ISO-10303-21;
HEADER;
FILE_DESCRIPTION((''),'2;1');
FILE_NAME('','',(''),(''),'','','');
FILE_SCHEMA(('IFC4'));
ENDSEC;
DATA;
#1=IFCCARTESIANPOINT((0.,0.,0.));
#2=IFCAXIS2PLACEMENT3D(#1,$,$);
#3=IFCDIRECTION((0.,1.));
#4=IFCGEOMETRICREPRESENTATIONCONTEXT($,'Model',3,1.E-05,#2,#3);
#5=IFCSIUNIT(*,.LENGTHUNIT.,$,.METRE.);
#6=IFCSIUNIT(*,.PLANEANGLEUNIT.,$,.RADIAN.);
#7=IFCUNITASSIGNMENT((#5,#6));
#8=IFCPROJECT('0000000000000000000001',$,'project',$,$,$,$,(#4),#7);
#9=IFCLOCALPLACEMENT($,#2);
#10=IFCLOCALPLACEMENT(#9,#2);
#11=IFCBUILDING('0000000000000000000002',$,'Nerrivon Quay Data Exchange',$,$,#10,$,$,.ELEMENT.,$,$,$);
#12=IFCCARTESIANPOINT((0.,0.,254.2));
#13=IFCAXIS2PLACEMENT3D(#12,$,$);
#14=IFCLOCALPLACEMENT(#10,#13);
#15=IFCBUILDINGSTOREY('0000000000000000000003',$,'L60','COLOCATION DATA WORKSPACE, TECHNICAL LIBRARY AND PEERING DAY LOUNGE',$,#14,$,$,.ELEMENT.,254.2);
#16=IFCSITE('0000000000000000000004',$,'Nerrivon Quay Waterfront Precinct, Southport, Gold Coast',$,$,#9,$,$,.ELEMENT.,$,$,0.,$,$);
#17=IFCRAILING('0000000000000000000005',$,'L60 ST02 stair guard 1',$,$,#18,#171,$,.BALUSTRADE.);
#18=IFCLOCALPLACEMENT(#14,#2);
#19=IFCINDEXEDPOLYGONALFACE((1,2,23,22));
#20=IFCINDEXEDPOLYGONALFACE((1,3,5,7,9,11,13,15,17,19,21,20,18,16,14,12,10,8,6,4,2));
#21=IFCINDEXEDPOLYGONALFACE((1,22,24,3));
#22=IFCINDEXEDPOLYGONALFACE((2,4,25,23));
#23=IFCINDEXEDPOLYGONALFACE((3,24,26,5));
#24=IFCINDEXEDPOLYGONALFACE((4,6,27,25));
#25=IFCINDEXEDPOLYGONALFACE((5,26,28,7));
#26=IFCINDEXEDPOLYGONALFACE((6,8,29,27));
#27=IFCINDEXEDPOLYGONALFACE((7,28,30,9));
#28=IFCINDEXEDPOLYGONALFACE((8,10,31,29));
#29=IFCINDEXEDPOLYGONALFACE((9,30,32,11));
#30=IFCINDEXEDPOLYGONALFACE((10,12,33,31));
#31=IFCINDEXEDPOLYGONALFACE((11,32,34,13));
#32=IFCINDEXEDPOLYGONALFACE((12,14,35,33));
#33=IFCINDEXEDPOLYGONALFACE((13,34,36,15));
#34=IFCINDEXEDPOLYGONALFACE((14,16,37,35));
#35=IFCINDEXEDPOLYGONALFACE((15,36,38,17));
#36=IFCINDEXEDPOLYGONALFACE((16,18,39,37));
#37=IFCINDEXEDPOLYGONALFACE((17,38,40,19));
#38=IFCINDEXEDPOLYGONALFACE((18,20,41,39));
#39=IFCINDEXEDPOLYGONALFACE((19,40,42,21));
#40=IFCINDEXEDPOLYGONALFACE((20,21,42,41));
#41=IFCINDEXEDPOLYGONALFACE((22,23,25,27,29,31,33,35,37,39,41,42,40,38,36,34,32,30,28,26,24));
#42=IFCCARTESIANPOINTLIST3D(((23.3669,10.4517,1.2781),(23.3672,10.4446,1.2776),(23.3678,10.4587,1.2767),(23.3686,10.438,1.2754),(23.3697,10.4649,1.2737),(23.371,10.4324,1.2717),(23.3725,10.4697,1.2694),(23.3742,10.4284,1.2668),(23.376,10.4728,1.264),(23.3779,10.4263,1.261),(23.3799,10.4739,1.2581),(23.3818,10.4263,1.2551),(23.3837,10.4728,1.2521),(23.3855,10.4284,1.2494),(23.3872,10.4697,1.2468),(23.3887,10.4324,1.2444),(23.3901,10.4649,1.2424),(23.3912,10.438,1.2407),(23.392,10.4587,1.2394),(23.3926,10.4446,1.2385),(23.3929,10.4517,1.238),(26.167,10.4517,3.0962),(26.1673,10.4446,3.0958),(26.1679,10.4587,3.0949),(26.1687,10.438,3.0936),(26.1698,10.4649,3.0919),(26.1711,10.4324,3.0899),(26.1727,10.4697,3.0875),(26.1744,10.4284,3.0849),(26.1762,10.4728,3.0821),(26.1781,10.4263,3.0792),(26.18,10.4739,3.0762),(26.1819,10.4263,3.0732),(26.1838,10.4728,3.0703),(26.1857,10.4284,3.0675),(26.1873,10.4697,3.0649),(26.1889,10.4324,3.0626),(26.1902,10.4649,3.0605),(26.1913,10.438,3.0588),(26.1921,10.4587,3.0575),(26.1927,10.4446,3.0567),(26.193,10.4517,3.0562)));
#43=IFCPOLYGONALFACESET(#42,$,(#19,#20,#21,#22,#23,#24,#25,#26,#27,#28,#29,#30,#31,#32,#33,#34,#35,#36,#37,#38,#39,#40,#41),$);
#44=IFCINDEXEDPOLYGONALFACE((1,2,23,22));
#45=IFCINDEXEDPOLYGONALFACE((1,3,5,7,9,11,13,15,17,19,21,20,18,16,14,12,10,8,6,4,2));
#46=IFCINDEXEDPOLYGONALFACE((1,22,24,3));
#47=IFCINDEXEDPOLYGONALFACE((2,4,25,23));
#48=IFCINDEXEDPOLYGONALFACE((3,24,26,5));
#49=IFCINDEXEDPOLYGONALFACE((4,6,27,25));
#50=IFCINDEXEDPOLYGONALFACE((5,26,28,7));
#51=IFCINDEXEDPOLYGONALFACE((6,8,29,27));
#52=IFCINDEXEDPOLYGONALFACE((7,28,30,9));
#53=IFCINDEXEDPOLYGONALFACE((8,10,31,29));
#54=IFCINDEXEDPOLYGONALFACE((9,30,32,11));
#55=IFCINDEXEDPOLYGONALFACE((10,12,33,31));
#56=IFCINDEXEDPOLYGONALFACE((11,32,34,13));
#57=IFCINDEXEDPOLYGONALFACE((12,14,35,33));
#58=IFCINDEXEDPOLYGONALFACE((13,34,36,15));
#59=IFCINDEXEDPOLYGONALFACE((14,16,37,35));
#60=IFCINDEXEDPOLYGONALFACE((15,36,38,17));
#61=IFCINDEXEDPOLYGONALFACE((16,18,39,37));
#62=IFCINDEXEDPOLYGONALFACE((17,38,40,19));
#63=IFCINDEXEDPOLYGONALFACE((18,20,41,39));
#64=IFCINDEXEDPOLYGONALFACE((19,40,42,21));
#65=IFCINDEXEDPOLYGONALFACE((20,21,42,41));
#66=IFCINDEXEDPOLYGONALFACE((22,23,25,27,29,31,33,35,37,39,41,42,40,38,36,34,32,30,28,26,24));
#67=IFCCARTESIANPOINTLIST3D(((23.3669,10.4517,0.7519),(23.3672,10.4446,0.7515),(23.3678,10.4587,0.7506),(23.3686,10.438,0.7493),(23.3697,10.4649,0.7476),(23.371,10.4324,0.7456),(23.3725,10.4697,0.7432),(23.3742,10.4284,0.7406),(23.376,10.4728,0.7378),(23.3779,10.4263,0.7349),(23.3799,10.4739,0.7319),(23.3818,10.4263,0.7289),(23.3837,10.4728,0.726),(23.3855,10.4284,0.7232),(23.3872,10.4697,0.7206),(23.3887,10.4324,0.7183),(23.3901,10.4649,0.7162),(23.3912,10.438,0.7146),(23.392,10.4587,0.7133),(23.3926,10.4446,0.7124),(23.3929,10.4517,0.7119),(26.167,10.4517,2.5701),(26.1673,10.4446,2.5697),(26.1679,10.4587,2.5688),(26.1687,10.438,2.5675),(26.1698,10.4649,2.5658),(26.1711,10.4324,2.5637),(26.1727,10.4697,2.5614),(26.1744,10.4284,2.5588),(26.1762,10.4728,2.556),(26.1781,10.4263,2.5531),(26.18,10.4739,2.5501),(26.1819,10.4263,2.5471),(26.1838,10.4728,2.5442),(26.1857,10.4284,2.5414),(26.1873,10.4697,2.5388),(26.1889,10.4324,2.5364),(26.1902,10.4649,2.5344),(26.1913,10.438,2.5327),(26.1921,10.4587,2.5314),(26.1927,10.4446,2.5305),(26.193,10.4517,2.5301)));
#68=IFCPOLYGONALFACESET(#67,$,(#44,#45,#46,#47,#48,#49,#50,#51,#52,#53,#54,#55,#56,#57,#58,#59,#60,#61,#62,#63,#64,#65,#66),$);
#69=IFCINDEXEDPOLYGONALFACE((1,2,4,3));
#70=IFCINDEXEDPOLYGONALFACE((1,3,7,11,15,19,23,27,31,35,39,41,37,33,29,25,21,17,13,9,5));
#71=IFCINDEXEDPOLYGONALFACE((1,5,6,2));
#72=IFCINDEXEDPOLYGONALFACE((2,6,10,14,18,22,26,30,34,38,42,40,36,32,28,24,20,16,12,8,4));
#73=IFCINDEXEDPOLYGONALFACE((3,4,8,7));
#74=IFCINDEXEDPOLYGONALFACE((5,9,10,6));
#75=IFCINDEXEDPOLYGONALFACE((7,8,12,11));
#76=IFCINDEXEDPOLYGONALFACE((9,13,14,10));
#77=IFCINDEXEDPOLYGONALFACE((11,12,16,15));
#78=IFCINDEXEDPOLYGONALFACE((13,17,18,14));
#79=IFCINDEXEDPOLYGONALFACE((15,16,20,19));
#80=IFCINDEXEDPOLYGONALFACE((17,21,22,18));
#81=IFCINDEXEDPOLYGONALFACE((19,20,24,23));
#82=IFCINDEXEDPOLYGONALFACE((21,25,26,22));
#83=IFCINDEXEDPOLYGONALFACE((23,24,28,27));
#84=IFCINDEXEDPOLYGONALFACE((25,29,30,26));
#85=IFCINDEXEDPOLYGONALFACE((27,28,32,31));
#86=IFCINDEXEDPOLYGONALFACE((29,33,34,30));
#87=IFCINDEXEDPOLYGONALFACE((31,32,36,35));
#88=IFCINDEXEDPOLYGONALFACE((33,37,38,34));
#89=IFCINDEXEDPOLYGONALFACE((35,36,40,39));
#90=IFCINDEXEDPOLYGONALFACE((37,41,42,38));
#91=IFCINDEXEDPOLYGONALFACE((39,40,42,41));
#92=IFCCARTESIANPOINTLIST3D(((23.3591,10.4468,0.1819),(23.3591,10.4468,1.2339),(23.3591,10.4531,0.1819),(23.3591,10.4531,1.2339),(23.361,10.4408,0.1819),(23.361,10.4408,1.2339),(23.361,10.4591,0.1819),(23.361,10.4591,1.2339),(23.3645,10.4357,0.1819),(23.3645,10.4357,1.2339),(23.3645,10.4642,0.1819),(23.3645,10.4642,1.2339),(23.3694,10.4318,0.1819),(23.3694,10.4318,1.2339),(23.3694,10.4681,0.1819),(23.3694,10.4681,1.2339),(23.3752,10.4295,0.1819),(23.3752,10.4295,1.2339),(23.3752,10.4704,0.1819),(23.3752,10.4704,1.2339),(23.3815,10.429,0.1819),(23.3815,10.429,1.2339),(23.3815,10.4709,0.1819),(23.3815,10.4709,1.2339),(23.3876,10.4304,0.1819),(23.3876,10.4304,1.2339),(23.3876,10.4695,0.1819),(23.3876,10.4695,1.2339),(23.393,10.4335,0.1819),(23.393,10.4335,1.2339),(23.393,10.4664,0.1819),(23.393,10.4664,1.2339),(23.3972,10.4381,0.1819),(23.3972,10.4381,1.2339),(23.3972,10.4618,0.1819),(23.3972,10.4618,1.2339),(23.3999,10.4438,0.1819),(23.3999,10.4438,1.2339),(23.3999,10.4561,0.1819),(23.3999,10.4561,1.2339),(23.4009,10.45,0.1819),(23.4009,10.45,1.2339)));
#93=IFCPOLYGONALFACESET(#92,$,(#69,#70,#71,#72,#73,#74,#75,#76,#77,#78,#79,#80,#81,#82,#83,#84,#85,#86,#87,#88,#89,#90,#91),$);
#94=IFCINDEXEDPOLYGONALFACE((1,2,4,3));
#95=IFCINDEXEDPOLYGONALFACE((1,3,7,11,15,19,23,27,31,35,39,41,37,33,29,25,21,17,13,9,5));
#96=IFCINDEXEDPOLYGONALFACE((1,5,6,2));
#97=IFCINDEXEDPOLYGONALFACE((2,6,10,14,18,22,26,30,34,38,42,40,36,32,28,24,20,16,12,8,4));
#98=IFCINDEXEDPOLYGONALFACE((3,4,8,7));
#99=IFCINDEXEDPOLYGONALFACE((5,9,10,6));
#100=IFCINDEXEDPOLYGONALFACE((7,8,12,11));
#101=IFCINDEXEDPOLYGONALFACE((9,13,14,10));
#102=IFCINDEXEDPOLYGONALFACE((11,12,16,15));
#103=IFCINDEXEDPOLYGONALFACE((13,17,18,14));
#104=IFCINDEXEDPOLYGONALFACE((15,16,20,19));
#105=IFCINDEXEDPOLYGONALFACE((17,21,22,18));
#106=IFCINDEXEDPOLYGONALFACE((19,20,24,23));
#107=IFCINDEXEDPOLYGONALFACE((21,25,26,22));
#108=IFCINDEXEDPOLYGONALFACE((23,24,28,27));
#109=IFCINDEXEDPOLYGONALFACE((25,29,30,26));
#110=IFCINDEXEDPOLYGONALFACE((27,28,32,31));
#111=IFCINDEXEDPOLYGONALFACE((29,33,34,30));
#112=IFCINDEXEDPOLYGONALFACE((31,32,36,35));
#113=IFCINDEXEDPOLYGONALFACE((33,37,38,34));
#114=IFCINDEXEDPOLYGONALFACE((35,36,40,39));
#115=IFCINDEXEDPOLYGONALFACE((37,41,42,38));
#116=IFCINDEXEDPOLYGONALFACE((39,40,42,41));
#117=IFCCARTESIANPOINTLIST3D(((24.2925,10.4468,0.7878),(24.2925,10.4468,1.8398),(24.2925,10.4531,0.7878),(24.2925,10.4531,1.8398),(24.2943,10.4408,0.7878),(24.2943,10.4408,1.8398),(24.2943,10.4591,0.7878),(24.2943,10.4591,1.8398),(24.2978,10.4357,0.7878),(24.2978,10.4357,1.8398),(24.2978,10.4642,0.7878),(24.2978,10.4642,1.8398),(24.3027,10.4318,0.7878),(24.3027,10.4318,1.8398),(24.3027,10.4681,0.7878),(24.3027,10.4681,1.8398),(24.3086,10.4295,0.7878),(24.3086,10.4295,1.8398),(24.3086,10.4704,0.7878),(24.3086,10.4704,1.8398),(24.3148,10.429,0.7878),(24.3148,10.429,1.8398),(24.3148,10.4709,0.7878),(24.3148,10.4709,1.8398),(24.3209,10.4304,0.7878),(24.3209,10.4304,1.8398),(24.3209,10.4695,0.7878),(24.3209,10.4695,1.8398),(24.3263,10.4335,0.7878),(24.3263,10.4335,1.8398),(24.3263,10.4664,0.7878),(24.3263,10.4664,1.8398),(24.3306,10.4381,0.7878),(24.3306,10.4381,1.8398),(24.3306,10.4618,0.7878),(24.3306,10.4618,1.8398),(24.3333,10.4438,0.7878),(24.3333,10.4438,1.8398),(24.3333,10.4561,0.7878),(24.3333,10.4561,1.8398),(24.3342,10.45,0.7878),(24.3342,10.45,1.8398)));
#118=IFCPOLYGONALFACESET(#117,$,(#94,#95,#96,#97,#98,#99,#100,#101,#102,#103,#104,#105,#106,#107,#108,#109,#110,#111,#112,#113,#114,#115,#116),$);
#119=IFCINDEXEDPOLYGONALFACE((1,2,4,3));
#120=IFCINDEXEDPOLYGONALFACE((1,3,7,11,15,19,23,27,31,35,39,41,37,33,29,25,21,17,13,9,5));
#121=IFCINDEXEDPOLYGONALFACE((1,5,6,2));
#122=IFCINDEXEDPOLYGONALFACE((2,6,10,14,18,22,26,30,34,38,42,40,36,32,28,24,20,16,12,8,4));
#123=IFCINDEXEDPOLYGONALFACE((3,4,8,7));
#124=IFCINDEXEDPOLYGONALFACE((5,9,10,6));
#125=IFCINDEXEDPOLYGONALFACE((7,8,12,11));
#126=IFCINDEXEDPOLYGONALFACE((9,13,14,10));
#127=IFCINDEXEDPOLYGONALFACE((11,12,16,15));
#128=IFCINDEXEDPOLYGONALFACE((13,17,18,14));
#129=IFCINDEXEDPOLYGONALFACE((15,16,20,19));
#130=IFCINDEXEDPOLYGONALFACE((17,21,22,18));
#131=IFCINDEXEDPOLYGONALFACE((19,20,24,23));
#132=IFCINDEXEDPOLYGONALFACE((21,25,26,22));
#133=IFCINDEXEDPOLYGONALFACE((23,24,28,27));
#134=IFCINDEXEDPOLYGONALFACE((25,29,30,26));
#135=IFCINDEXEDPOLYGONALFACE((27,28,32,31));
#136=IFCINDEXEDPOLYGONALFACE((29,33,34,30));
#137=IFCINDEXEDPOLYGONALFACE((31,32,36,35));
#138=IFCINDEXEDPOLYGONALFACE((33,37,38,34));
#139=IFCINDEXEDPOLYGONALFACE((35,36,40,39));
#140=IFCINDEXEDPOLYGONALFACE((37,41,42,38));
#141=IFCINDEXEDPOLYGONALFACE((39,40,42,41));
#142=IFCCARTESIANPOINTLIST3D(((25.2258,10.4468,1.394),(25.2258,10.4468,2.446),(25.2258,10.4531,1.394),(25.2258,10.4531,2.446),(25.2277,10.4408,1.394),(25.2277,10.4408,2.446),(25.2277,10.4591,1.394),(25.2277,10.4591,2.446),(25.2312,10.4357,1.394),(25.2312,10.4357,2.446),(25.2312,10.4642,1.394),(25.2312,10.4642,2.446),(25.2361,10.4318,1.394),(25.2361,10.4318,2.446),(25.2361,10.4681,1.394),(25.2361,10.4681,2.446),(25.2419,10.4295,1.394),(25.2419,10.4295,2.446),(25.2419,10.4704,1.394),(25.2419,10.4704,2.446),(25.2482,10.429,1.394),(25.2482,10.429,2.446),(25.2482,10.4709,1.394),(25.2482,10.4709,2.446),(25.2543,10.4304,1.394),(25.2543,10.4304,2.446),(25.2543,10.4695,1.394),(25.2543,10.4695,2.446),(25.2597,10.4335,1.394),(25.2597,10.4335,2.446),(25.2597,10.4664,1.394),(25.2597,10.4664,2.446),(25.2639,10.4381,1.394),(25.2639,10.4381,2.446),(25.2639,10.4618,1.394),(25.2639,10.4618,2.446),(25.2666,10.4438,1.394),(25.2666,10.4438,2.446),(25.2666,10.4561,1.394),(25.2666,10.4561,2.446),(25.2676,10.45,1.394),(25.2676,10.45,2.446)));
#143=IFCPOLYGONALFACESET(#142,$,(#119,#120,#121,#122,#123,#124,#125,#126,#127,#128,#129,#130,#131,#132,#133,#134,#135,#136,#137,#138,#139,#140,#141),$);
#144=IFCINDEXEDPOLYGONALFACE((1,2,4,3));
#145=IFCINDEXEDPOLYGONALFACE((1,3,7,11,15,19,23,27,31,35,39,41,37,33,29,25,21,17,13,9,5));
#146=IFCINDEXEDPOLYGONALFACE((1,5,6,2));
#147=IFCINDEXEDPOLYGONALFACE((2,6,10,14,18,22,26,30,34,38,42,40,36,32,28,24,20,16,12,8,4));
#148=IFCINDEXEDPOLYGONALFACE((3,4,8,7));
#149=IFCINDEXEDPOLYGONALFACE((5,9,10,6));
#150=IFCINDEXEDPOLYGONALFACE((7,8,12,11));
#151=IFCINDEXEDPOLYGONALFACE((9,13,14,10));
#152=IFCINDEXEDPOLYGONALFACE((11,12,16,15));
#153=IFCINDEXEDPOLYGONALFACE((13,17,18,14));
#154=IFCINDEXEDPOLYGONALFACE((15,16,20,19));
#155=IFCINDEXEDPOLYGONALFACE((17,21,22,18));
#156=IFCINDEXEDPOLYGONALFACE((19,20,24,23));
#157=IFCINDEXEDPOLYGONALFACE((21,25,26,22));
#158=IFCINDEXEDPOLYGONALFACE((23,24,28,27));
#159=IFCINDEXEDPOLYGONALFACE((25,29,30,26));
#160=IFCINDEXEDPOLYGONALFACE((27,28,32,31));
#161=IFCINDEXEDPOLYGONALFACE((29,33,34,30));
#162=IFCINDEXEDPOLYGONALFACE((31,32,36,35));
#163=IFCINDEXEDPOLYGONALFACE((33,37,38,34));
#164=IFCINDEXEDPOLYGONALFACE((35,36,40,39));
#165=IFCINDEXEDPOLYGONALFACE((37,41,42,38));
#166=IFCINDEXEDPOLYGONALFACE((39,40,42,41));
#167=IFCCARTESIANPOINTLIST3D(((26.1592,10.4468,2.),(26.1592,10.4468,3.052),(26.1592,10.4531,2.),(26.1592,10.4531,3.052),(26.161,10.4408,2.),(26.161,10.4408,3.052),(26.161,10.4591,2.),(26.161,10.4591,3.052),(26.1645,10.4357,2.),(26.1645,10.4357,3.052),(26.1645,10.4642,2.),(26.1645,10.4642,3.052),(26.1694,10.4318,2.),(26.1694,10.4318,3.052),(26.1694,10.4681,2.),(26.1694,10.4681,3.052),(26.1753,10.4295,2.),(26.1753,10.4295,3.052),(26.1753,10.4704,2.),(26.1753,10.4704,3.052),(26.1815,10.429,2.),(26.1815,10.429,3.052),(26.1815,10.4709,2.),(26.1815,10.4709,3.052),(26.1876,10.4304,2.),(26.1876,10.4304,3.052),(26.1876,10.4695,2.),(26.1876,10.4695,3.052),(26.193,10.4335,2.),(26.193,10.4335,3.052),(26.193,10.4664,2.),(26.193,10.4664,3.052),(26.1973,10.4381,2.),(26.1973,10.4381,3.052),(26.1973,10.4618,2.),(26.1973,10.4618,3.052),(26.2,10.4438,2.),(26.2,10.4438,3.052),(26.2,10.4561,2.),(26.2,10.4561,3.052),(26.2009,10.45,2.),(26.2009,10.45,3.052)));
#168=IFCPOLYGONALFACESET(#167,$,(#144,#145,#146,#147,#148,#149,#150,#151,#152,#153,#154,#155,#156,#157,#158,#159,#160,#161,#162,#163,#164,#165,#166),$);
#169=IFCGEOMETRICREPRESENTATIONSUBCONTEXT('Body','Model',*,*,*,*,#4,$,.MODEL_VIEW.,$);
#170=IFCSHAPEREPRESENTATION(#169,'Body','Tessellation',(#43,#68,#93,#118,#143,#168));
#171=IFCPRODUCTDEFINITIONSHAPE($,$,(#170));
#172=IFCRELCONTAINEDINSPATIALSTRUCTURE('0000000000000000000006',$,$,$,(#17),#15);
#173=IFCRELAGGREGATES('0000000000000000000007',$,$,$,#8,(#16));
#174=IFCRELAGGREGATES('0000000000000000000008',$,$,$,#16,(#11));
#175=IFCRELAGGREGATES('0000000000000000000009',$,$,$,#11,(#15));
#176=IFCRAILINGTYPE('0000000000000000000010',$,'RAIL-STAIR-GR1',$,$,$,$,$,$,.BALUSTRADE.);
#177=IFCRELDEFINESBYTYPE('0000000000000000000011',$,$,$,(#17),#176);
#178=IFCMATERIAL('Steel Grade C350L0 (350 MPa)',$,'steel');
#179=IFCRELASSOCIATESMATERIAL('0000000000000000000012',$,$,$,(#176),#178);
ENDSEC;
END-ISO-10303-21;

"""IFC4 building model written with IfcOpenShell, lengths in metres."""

from ifc_helpers import new_model, si_unit, direction, frame, origin, origin_2d, place, context, subcontext, project, spatial, circle, extrude, material, type_object, element, save


model = new_model("IFC4")

# Units and contexts
model_context = context("Model", 3, precision=1e-05, world=origin(), true_north=direction((0.0, 1.0)))
body_context = subcontext(model_context, "Body", "Model", "MODEL_VIEW")
ifc_project = project(units=[si_unit("LENGTHUNIT", "METRE"), si_unit("PLANEANGLEUNIT", "RADIAN")], contexts=[model_context])

# Site, building, storey
site_placement = place(None, origin())
site = spatial("IfcSite", under=ifc_project, at=site_placement, Name="Nerrivon Quay Waterfront Precinct, Southport, Gold Coast", CompositionType="ELEMENT", RefElevation=0.0)
building_placement = place(site_placement, origin())
building = spatial("IfcBuilding", under=site, at=building_placement, Name="Nerrivon Quay Data Exchange", CompositionType="ELEMENT")
storey_placement = place(building_placement, frame((0.0, 0.0, 254.2)))
storey = spatial("IfcBuildingStorey", under=building, at=storey_placement, Name="L60", Description="COLOCATION DATA WORKSPACE, TECHNICAL LIBRARY AND PEERING DAY LOUNGE", CompositionType="ELEMENT", Elevation=254.2)

# Railing
ifc_material_1 = material(Name="Steel Grade C350L0 (350 MPa)", Category="steel")
railing_type_1 = type_object("IfcRailingType", Name="RAIL-STAIR-GR1", PredefinedType="BALUSTRADE", material=ifc_material_1)
railing_1_placement = place(storey_placement, frame((23.3799, 10.45, 0.1819)))
element("IfcRailing", 1, at=railing_1_placement, inside=storey, type_object=railing_type_1, Name="L60 ST02 stair guard 1", PredefinedType="BALUSTRADE", context=body_context, shape_type="SweptSolid", body=[
    extrude(circle(Radius=0.0239, at=origin_2d()), frame((0.0, 0.0, 1.0762), z_axis=(0.838706, 0.0, 0.544585), x_axis=(0.0, 1.0, 0.0)), (0.0, 0.0, 1.0), 3.3386),
    extrude(circle(Radius=0.0239, at=origin_2d()), frame((0.0, 0.0, 0.55), z_axis=(0.838706, 0.0, 0.544585), x_axis=(0.0, 1.0, 0.0)), (0.0, 0.0, 1.0), 3.3386),
    extrude(circle(Radius=0.021, at=origin_2d()), origin(), (0.0, 0.0, 1.0), 1.052),
    extrude(circle(Radius=0.021, at=origin_2d()), frame((0.9333, 0.0, 0.606)), (0.0, 0.0, 1.0), 1.052),
    extrude(circle(Radius=0.021, at=origin_2d()), frame((1.8667, 0.0, 1.2122)), (0.0, 0.0, 1.0), 1.052),
    extrude(circle(Radius=0.021, at=origin_2d()), frame((2.8, 0.0, 1.8181)), (0.0, 0.0, 1.0), 1.052),
])

save(model, "model.ifc")
